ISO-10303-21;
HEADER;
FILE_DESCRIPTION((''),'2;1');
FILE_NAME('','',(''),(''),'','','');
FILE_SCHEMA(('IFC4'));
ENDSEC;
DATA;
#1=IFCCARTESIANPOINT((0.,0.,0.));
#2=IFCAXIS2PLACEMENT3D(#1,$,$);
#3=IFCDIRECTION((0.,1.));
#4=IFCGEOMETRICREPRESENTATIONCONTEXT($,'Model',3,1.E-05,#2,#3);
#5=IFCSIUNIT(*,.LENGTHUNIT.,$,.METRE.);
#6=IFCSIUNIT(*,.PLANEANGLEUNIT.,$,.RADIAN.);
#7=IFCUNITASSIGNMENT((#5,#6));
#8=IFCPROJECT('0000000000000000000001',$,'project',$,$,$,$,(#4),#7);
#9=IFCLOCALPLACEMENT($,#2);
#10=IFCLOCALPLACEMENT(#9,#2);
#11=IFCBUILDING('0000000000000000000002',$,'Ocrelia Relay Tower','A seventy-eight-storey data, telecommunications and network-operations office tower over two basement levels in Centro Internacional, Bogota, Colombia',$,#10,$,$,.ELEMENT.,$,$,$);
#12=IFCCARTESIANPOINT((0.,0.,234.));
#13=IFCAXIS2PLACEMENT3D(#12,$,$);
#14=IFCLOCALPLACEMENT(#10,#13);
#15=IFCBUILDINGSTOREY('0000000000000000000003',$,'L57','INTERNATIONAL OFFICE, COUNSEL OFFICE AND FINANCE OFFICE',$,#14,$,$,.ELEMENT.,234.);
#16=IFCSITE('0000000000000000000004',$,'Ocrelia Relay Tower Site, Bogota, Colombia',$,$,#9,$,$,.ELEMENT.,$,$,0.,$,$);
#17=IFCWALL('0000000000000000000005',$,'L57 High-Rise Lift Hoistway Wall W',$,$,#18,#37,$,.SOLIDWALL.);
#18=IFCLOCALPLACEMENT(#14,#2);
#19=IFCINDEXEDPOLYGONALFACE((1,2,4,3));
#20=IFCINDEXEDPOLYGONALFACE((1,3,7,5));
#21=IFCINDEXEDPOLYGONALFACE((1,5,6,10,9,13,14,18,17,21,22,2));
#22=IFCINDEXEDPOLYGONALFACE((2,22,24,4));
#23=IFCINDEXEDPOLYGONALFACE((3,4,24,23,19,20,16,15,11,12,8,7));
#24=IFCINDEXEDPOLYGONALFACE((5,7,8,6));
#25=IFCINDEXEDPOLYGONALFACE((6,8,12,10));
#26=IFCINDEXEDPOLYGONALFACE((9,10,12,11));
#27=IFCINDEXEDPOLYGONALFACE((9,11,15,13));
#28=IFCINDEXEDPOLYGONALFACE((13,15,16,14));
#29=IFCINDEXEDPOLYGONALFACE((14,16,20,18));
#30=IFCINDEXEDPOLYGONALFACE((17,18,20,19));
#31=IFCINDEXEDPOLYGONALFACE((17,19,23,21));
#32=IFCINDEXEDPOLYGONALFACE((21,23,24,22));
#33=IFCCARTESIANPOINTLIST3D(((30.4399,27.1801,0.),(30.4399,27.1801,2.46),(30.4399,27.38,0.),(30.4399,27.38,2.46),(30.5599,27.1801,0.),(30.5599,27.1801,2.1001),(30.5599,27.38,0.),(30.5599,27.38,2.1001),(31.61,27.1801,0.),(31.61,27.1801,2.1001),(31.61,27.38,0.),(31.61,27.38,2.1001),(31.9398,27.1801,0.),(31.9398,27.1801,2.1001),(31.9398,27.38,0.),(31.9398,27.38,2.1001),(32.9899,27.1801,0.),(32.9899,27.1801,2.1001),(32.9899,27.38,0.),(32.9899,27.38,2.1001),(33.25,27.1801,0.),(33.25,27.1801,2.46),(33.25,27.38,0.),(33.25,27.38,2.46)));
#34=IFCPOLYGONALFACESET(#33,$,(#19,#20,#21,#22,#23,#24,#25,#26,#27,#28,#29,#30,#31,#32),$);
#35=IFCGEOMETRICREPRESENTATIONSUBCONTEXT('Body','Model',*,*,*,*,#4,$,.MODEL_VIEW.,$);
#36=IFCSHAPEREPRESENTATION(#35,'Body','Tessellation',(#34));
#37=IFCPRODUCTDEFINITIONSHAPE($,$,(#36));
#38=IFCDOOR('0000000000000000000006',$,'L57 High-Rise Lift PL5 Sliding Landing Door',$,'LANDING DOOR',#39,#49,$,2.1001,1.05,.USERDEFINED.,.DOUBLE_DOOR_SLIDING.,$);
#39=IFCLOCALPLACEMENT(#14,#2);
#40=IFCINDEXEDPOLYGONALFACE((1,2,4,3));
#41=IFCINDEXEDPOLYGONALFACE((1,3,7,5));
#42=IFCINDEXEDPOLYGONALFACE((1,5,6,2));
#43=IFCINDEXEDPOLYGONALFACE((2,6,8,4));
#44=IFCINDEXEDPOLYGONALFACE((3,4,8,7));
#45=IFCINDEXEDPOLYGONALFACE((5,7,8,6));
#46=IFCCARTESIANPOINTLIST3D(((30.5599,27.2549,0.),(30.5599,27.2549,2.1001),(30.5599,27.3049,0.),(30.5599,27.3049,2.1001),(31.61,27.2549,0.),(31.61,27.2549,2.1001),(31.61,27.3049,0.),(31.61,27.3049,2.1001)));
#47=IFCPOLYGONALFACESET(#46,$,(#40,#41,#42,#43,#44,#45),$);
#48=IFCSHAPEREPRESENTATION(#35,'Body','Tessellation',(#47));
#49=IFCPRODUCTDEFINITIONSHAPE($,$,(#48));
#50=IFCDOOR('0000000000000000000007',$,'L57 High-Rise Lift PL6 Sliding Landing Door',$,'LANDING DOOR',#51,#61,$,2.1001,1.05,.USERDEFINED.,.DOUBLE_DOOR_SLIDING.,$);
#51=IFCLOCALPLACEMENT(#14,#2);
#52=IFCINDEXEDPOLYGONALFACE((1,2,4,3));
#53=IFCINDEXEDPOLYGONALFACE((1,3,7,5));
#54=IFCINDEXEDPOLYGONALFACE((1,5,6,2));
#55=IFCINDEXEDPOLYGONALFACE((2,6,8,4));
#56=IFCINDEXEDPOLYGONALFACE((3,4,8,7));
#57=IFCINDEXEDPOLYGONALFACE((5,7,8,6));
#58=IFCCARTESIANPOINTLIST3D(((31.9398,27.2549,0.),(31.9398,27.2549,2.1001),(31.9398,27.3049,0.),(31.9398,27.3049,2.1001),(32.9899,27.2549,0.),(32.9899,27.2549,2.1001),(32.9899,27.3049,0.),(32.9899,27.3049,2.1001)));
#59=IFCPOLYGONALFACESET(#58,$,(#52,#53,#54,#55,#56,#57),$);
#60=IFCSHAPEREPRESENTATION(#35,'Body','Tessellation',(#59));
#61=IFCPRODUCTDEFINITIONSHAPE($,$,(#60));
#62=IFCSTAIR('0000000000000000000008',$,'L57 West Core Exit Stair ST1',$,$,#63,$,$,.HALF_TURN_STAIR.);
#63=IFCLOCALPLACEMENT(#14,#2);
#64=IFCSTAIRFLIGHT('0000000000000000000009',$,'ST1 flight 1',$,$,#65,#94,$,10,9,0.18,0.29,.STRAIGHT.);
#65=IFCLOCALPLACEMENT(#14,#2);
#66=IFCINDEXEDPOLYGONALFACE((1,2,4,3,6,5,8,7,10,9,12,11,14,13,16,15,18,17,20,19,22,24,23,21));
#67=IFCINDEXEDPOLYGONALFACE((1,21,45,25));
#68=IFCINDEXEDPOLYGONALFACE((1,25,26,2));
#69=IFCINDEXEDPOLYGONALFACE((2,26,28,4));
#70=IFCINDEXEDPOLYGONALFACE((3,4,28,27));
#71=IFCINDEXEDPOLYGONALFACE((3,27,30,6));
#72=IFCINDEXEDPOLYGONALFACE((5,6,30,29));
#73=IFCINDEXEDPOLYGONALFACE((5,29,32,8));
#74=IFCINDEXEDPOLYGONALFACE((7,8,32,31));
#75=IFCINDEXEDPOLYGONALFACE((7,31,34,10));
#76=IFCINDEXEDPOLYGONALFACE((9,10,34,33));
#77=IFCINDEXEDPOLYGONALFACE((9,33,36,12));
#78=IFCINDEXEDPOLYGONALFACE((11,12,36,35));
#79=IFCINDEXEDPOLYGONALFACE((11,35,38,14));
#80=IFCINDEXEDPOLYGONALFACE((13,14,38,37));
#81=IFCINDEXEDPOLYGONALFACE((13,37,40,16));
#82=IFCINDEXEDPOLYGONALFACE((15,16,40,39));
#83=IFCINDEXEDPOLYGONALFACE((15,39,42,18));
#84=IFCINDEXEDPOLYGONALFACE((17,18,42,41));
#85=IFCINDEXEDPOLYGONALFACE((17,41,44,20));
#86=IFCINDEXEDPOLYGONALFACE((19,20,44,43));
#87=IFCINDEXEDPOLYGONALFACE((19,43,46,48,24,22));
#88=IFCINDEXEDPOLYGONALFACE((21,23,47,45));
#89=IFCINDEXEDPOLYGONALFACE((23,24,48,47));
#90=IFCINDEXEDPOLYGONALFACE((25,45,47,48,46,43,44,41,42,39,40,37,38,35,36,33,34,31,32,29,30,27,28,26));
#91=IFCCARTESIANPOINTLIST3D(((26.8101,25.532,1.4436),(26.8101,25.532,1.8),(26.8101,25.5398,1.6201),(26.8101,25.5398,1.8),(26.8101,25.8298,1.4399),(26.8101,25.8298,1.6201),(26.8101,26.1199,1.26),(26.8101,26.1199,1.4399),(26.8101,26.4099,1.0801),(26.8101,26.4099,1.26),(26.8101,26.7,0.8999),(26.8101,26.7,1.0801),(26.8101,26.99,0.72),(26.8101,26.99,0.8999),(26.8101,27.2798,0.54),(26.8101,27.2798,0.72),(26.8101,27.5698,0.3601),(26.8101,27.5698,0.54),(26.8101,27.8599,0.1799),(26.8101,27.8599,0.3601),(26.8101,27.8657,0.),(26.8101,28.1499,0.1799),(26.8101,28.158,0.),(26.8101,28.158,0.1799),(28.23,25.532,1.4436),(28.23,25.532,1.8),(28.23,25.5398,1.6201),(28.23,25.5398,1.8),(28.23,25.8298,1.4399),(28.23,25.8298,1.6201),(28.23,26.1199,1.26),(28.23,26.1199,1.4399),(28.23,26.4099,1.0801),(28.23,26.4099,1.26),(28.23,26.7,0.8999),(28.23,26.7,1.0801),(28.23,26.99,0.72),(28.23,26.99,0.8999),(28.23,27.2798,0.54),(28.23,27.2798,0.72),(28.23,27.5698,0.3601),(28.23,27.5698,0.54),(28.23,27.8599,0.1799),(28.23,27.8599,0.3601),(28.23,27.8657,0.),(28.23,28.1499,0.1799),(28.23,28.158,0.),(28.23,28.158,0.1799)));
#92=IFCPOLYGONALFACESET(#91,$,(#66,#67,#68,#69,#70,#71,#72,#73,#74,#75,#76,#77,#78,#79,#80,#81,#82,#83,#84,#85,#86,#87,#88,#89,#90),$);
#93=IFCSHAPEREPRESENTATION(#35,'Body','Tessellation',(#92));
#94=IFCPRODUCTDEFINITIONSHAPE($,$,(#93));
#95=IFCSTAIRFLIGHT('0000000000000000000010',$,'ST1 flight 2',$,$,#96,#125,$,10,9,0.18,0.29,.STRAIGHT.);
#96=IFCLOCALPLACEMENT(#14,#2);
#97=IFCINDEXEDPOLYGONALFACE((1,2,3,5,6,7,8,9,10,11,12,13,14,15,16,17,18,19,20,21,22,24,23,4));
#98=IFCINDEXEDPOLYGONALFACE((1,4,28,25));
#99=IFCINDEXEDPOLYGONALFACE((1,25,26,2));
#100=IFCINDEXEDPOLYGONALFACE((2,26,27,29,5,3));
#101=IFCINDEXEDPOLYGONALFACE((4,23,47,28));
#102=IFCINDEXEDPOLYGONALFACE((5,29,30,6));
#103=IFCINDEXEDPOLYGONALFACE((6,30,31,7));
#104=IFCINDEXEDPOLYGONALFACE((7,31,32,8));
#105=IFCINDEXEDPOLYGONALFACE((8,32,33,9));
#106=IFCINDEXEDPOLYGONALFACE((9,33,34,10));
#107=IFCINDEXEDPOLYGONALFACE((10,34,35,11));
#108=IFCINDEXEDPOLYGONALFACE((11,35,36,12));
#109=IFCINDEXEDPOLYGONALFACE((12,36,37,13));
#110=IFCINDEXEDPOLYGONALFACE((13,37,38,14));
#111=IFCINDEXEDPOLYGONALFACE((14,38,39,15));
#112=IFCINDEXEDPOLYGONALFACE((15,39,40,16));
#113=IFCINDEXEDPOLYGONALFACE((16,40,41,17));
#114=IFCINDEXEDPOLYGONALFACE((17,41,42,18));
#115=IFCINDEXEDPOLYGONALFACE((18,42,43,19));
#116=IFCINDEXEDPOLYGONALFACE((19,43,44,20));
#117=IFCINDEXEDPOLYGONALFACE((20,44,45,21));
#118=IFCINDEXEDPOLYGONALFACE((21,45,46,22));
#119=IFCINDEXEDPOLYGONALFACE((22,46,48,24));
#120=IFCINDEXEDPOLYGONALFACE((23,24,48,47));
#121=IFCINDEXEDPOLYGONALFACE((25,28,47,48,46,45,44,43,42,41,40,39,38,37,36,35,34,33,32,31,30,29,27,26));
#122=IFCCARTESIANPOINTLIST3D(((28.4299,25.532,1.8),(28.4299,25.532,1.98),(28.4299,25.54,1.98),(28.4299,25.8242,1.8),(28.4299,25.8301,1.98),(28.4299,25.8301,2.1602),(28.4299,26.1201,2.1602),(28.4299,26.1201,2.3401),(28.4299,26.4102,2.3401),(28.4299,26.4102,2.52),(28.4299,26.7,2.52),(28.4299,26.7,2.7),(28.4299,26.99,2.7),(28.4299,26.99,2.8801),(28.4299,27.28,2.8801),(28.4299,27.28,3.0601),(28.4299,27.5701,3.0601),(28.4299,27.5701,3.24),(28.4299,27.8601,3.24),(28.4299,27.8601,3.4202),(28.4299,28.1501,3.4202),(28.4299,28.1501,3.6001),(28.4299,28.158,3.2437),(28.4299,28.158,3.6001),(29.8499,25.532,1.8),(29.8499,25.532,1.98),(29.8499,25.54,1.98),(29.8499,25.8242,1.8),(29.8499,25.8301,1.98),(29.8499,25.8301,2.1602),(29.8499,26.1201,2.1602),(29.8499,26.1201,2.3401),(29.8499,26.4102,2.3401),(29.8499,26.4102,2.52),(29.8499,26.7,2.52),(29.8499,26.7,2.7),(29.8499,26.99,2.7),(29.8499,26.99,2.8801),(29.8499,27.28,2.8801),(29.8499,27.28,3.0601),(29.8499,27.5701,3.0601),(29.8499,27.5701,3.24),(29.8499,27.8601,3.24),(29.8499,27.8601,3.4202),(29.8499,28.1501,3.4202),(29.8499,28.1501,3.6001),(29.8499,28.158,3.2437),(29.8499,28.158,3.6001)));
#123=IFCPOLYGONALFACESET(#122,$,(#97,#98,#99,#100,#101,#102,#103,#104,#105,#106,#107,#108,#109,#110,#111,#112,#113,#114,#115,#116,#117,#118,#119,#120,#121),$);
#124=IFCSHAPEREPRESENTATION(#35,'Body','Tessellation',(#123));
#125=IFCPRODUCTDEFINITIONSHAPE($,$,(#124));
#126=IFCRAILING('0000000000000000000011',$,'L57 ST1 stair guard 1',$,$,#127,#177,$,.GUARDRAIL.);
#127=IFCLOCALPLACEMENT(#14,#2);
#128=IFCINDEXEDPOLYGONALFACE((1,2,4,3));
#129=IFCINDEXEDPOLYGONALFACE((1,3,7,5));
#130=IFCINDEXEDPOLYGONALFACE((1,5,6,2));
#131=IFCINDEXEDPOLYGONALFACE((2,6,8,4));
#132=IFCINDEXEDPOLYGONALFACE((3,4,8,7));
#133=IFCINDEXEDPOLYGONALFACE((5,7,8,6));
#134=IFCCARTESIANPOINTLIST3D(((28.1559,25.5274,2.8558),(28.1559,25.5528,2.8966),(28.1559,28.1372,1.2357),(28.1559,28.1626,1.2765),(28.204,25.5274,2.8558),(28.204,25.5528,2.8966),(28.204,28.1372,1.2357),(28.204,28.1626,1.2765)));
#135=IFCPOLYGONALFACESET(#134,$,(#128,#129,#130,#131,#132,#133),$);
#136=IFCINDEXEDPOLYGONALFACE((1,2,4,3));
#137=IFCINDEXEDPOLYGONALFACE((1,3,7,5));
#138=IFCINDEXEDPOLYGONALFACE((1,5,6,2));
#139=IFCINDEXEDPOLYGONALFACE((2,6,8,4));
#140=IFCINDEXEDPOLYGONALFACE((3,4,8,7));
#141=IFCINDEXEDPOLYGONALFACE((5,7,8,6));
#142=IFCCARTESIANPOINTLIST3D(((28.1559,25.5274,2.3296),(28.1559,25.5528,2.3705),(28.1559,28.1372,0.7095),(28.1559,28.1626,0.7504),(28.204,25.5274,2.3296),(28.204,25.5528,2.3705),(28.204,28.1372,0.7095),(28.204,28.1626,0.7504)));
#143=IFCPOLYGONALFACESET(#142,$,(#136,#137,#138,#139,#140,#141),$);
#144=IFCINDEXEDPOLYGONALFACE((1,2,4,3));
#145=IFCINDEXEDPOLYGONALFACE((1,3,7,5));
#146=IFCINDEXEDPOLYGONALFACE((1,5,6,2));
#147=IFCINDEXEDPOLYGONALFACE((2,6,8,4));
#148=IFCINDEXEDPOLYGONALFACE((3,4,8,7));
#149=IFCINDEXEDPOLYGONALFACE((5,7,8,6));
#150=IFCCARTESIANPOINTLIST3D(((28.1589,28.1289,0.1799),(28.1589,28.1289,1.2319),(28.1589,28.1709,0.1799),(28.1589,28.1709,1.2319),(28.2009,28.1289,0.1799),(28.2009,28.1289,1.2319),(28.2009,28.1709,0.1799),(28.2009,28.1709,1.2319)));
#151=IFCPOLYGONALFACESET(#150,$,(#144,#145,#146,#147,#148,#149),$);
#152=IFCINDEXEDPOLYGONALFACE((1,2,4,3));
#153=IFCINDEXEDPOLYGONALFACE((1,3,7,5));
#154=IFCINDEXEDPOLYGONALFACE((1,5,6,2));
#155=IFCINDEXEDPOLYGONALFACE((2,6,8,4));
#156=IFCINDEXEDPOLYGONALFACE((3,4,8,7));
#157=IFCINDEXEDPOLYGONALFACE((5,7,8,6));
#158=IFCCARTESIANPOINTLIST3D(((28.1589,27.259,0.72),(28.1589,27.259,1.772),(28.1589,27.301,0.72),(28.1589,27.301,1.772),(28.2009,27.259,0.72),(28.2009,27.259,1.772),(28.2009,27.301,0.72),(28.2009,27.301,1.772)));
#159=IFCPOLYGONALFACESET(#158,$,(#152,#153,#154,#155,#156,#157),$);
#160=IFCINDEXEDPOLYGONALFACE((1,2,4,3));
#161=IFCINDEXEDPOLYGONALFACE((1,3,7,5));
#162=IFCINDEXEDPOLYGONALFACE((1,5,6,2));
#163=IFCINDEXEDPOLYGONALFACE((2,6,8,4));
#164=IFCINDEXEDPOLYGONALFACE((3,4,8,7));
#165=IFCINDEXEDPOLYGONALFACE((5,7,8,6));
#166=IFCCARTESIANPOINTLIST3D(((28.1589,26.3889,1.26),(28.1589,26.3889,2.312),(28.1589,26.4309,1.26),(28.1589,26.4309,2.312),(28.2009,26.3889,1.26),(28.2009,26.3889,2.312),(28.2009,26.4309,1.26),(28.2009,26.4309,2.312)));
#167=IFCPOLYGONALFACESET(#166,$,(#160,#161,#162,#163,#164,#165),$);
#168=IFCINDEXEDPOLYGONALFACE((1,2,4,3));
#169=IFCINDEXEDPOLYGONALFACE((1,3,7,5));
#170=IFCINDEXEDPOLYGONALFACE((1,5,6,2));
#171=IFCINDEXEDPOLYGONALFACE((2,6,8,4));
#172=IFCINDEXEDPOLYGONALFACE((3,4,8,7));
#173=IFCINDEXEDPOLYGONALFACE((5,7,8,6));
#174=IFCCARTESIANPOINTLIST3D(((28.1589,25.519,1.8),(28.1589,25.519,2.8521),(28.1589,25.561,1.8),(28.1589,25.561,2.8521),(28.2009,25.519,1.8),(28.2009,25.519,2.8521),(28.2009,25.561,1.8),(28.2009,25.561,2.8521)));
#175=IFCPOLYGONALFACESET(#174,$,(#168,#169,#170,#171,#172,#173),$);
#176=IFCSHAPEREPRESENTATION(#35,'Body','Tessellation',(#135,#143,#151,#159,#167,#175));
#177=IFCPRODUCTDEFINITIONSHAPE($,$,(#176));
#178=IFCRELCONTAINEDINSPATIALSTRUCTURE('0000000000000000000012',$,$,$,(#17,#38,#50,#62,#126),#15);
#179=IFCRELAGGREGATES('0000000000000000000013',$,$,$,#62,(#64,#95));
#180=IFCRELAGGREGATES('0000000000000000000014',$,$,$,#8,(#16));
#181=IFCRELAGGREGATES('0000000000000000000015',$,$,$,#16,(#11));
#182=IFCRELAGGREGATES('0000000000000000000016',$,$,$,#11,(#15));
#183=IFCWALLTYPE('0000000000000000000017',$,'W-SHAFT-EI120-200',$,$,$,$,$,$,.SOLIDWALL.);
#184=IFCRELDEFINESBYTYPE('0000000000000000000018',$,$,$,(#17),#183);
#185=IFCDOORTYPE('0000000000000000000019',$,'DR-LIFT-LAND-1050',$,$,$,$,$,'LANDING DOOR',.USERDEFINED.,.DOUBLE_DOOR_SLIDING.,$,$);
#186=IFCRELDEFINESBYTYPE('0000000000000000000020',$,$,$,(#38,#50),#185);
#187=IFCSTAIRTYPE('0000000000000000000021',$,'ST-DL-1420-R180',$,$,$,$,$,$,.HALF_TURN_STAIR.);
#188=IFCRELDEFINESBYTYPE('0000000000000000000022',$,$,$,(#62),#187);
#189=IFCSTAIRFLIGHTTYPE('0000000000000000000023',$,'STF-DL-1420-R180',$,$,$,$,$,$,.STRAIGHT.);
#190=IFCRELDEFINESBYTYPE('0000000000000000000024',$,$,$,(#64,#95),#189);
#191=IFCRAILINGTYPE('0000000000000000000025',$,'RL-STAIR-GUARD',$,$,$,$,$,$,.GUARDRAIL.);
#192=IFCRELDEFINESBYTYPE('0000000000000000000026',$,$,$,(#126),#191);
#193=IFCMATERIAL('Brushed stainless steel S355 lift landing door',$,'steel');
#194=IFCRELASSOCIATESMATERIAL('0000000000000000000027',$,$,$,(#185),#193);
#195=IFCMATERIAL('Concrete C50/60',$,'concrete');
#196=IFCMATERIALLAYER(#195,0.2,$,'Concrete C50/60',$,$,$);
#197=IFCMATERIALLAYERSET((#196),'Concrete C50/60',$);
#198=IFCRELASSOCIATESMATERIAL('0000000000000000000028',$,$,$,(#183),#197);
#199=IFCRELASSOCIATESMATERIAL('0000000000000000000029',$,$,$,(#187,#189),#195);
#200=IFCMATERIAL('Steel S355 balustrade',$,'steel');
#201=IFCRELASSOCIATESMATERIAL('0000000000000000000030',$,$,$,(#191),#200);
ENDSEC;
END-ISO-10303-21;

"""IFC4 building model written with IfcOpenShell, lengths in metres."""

from ifc_helpers import new_model, si_unit, direction, frame, frame_2d, origin, origin_2d, place, context, subcontext, project, spatial, polyline, rectangle, outline, extrude, material, layer, layer_set, type_object, element, fill, aggregate, save


model = new_model("IFC4")

# Units and contexts
model_context = context("Model", 3, precision=1e-05, world=origin(), true_north=direction((0.0, 1.0)))
body_context = subcontext(model_context, "Body", "Model", "MODEL_VIEW")
ifc_project = project(units=[si_unit("LENGTHUNIT", "METRE"), si_unit("PLANEANGLEUNIT", "RADIAN")], contexts=[model_context])

# Site, building, storey
site_placement = place(None, origin())
site = spatial("IfcSite", under=ifc_project, at=site_placement, Name="Ocrelia Relay Tower Site, Bogota, Colombia", CompositionType="ELEMENT", RefElevation=0.0)
building_placement = place(site_placement, origin())
building = spatial("IfcBuilding", under=site, at=building_placement, Name="Ocrelia Relay Tower", Description="A seventy-eight-storey data, telecommunications and network-operations office tower over two basement levels in Centro Internacional, Bogota, Colombia", CompositionType="ELEMENT")
storey_placement = place(building_placement, frame((0.0, 0.0, 234.0)))
storey = spatial("IfcBuildingStorey", under=building, at=storey_placement, Name="L57", Description="INTERNATIONAL OFFICE, COUNSEL OFFICE AND FINANCE OFFICE", CompositionType="ELEMENT", Elevation=234.0)

# Shared definitions
ifc_material_1 = material(Name="Concrete C50/60", Category="concrete")

# Shared definitions
ifc_material_2 = material(Name="Brushed stainless steel S355 lift landing door", Category="steel")
door_type_1 = type_object("IfcDoorType", Name="DR-LIFT-LAND-1050", ElementType="LANDING DOOR", OperationType="DOUBLE_DOOR_SLIDING", PredefinedType="USERDEFINED", material=ifc_material_2)

# Shared definitions
ifc_layer_1 = layer(ifc_material_1, 0.2, Name="Concrete C50/60")
ifc_layer_set_1 = layer_set([ifc_layer_1], Name="Concrete C50/60")
wall_type_1 = type_object("IfcWallType", Name="W-SHAFT-EI120-200", PredefinedType="SOLIDWALL", material=ifc_layer_set_1)

# Wall, openings, doors
wall_1_placement = place(storey_placement, frame((30.4399, 27.28, 0.0), z_axis=(0.0, 0.0, 1.0), x_axis=(1.0, 0.0, 0.0)))
wall_1 = element("IfcWall", 1, at=wall_1_placement, inside=storey, type_object=wall_type_1, Name="L57 High-Rise Lift Hoistway Wall W", PredefinedType="SOLIDWALL", context=body_context, shape_type="SweptSolid", body=[
    extrude(rectangle(XDim=2.8101, YDim=0.2, at=frame_2d((1.405, 0.0))), origin(), (0.0, 0.0, 1.0), 2.46),
])
opening_1_placement = place(wall_1_placement, frame((0.1201, 0.0, 0.0)))
opening_1 = element("IfcOpeningElement", 2, at=opening_1_placement, cuts=wall_1, PredefinedType="OPENING", context=body_context, shape_type="SweptSolid", body=[
    extrude(rectangle(XDim=1.05, YDim=2.1001, at=frame_2d((0.5249, 1.05))), frame((0.0, 0.1099, 0.0), z_axis=(0.0, -1.0, 0.0), x_axis=(1.0, 0.0, 0.0)), (0.0, 0.0, 1.0), 0.22),
])
opening_2_placement = place(wall_1_placement, frame((1.5, 0.0, 0.0)))
opening_2 = element("IfcOpeningElement", 3, at=opening_2_placement, cuts=wall_1, PredefinedType="OPENING", context=body_context, shape_type="SweptSolid", body=[
    extrude(rectangle(XDim=1.05, YDim=2.1001, at=frame_2d((0.5249, 1.05))), frame((0.0, 0.1099, 0.0), z_axis=(0.0, -1.0, 0.0), x_axis=(1.0, 0.0, 0.0)), (0.0, 0.0, 1.0), 0.22),
])
door_1_placement = place(opening_1_placement, origin())
door_1 = element("IfcDoor", 4, at=door_1_placement, inside=storey, type_object=door_type_1, Name="L57 High-Rise Lift PL5 Sliding Landing Door", ObjectType="LANDING DOOR", OperationType="DOUBLE_DOOR_SLIDING", OverallHeight=2.1001, OverallWidth=1.05, PredefinedType="USERDEFINED", context=body_context, shape_type="SweptSolid", body=[
    extrude(rectangle(XDim=1.05, YDim=2.1001, at=frame_2d((0.5249, 1.05))), frame((0.0, 0.0249, 0.0), z_axis=(0.0, -1.0, 0.0), x_axis=(1.0, 0.0, 0.0)), (0.0, 0.0, 1.0), 0.05),
])
fill(opening_1, door_1)
door_2_placement = place(opening_2_placement, origin())
door_2 = element("IfcDoor", 5, at=door_2_placement, inside=storey, type_object=door_type_1, Name="L57 High-Rise Lift PL6 Sliding Landing Door", ObjectType="LANDING DOOR", OperationType="DOUBLE_DOOR_SLIDING", OverallHeight=2.1001, OverallWidth=1.05, PredefinedType="USERDEFINED", context=body_context, shape_type="SweptSolid", body=[
    extrude(rectangle(XDim=1.05, YDim=2.1001, at=frame_2d((0.5249, 1.05))), frame((0.0, 0.0249, 0.0), z_axis=(0.0, -1.0, 0.0), x_axis=(1.0, 0.0, 0.0)), (0.0, 0.0, 1.0), 0.05),
])
fill(opening_2, door_2)

# Stair, stair flights
stair_type = type_object("IfcStairType", Name="ST-DL-1420-R180", PredefinedType="HALF_TURN_STAIR", material=ifc_material_1)
stair_placement = place(storey_placement, origin())
stair = element("IfcStair", 6, at=stair_placement, inside=storey, type_object=stair_type, Name="L57 West Core Exit Stair ST1", PredefinedType="HALF_TURN_STAIR")
stair_flight_type = type_object("IfcStairFlightType", Name="STF-DL-1420-R180", PredefinedType="STRAIGHT", material=ifc_material_1)
stair_flight_1_placement = place(storey_placement, frame((27.52, 28.1499, 0.0), z_axis=(0.0, 0.0, 1.0), x_axis=(0.0, -1.0, 0.0)))
stair_flight_1 = element("IfcStairFlight", 7, at=stair_flight_1_placement, type_object=stair_flight_type, Name="ST1 flight 1", NumberOfRisers=10, NumberOfTreads=9, PredefinedType="STRAIGHT", RiserHeight=0.18, TreadLength=0.29, context=body_context, shape_type="SweptSolid", body=[
    extrude(outline(polyline([(-0.0081, 0.0), (-0.0081, 0.1799), (0.0, 0.1799), (0.29, 0.1799), (0.29, 0.3601), (0.5801, 0.3601), (0.5801, 0.54), (0.8701, 0.54), (0.8701, 0.72), (1.1599, 0.72), (1.1599, 0.8999), (1.45, 0.8999), (1.45, 1.0801), (1.74, 1.0801), (1.74, 1.26), (2.03, 1.26), (2.03, 1.4399), (2.3201, 1.4399), (2.3201, 1.6201), (2.6101, 1.6201), (2.6101, 1.8), (2.6179, 1.8), (2.6179, 1.4436), (0.2842, 0.0), (-0.0081, 0.0)])), frame((0.0, 0.71, 0.0), z_axis=(0.0, -1.0, 0.0), x_axis=(1.0, 0.0, 0.0)), (0.0, 0.0, 1.0), 1.4199),
])
stair_flight_2_placement = place(storey_placement, frame((29.1399, 25.54, 1.8), z_axis=(0.0, 0.0, 1.0), x_axis=(0.0, 1.0, 0.0)))
stair_flight_2 = element("IfcStairFlight", 8, at=stair_flight_2_placement, type_object=stair_flight_type, Name="ST1 flight 2", NumberOfRisers=10, NumberOfTreads=9, PredefinedType="STRAIGHT", RiserHeight=0.18, TreadLength=0.29, context=body_context, shape_type="SweptSolid", body=[
    extrude(outline(polyline([(-0.0081, 0.0), (-0.0081, 0.1799), (0.0, 0.1799), (0.29, 0.1799), (0.29, 0.3601), (0.5801, 0.3601), (0.5801, 0.54), (0.8701, 0.54), (0.8701, 0.72), (1.1599, 0.72), (1.1599, 0.8999), (1.45, 0.8999), (1.45, 1.0801), (1.74, 1.0801), (1.74, 1.26), (2.03, 1.26), (2.03, 1.4399), (2.3201, 1.4399), (2.3201, 1.6201), (2.6101, 1.6201), (2.6101, 1.8), (2.6179, 1.8), (2.6179, 1.4436), (0.2842, 0.0), (-0.0081, 0.0)])), frame((0.0, 0.71, 0.0), z_axis=(0.0, -1.0, 0.0), x_axis=(1.0, 0.0, 0.0)), (0.0, 0.0, 1.0), 1.4199),
])
aggregate(stair, [stair_flight_1, stair_flight_2])

# Railing
ifc_material_3 = material(Name="Steel S355 balustrade", Category="steel")
railing_type_1 = type_object("IfcRailingType", Name="RL-STAIR-GUARD", PredefinedType="GUARDRAIL", material=ifc_material_3)
railing_1_placement = place(storey_placement, frame((28.1799, 28.1499, 0.1799)))
element("IfcRailing", 9, at=railing_1_placement, inside=storey, type_object=railing_type_1, Name="L57 ST1 stair guard 1", PredefinedType="GUARDRAIL", context=body_context, shape_type="SweptSolid", body=[
    extrude(rectangle(XDim=0.0481, YDim=0.0481, at=origin_2d()), frame((0.0, 0.0, 1.0762), z_axis=(0.0, -0.849611, 0.52741), x_axis=(1.0, 0.0, 0.0)), (0.0, 0.0, 1.0), 3.0718),
    extrude(rectangle(XDim=0.0481, YDim=0.0481, at=origin_2d()), frame((0.0, 0.0, 0.55), z_axis=(0.0, -0.849611, 0.52741), x_axis=(1.0, 0.0, 0.0)), (0.0, 0.0, 1.0), 3.0718),
    extrude(rectangle(XDim=0.042, YDim=0.042, at=origin_2d()), origin(), (0.0, 0.0, 1.0), 1.052),
    extrude(rectangle(XDim=0.042, YDim=0.042, at=origin_2d()), frame((0.0, -0.8699, 0.54)), (0.0, 0.0, 1.0), 1.052),
    extrude(rectangle(XDim=0.042, YDim=0.042, at=origin_2d()), frame((0.0, -1.74, 1.0801)), (0.0, 0.0, 1.0), 1.052),
    extrude(rectangle(XDim=0.042, YDim=0.042, at=origin_2d()), frame((0.0, -2.6099, 1.6201)), (0.0, 0.0, 1.0), 1.052),
])

save(model, "model.ifc")
